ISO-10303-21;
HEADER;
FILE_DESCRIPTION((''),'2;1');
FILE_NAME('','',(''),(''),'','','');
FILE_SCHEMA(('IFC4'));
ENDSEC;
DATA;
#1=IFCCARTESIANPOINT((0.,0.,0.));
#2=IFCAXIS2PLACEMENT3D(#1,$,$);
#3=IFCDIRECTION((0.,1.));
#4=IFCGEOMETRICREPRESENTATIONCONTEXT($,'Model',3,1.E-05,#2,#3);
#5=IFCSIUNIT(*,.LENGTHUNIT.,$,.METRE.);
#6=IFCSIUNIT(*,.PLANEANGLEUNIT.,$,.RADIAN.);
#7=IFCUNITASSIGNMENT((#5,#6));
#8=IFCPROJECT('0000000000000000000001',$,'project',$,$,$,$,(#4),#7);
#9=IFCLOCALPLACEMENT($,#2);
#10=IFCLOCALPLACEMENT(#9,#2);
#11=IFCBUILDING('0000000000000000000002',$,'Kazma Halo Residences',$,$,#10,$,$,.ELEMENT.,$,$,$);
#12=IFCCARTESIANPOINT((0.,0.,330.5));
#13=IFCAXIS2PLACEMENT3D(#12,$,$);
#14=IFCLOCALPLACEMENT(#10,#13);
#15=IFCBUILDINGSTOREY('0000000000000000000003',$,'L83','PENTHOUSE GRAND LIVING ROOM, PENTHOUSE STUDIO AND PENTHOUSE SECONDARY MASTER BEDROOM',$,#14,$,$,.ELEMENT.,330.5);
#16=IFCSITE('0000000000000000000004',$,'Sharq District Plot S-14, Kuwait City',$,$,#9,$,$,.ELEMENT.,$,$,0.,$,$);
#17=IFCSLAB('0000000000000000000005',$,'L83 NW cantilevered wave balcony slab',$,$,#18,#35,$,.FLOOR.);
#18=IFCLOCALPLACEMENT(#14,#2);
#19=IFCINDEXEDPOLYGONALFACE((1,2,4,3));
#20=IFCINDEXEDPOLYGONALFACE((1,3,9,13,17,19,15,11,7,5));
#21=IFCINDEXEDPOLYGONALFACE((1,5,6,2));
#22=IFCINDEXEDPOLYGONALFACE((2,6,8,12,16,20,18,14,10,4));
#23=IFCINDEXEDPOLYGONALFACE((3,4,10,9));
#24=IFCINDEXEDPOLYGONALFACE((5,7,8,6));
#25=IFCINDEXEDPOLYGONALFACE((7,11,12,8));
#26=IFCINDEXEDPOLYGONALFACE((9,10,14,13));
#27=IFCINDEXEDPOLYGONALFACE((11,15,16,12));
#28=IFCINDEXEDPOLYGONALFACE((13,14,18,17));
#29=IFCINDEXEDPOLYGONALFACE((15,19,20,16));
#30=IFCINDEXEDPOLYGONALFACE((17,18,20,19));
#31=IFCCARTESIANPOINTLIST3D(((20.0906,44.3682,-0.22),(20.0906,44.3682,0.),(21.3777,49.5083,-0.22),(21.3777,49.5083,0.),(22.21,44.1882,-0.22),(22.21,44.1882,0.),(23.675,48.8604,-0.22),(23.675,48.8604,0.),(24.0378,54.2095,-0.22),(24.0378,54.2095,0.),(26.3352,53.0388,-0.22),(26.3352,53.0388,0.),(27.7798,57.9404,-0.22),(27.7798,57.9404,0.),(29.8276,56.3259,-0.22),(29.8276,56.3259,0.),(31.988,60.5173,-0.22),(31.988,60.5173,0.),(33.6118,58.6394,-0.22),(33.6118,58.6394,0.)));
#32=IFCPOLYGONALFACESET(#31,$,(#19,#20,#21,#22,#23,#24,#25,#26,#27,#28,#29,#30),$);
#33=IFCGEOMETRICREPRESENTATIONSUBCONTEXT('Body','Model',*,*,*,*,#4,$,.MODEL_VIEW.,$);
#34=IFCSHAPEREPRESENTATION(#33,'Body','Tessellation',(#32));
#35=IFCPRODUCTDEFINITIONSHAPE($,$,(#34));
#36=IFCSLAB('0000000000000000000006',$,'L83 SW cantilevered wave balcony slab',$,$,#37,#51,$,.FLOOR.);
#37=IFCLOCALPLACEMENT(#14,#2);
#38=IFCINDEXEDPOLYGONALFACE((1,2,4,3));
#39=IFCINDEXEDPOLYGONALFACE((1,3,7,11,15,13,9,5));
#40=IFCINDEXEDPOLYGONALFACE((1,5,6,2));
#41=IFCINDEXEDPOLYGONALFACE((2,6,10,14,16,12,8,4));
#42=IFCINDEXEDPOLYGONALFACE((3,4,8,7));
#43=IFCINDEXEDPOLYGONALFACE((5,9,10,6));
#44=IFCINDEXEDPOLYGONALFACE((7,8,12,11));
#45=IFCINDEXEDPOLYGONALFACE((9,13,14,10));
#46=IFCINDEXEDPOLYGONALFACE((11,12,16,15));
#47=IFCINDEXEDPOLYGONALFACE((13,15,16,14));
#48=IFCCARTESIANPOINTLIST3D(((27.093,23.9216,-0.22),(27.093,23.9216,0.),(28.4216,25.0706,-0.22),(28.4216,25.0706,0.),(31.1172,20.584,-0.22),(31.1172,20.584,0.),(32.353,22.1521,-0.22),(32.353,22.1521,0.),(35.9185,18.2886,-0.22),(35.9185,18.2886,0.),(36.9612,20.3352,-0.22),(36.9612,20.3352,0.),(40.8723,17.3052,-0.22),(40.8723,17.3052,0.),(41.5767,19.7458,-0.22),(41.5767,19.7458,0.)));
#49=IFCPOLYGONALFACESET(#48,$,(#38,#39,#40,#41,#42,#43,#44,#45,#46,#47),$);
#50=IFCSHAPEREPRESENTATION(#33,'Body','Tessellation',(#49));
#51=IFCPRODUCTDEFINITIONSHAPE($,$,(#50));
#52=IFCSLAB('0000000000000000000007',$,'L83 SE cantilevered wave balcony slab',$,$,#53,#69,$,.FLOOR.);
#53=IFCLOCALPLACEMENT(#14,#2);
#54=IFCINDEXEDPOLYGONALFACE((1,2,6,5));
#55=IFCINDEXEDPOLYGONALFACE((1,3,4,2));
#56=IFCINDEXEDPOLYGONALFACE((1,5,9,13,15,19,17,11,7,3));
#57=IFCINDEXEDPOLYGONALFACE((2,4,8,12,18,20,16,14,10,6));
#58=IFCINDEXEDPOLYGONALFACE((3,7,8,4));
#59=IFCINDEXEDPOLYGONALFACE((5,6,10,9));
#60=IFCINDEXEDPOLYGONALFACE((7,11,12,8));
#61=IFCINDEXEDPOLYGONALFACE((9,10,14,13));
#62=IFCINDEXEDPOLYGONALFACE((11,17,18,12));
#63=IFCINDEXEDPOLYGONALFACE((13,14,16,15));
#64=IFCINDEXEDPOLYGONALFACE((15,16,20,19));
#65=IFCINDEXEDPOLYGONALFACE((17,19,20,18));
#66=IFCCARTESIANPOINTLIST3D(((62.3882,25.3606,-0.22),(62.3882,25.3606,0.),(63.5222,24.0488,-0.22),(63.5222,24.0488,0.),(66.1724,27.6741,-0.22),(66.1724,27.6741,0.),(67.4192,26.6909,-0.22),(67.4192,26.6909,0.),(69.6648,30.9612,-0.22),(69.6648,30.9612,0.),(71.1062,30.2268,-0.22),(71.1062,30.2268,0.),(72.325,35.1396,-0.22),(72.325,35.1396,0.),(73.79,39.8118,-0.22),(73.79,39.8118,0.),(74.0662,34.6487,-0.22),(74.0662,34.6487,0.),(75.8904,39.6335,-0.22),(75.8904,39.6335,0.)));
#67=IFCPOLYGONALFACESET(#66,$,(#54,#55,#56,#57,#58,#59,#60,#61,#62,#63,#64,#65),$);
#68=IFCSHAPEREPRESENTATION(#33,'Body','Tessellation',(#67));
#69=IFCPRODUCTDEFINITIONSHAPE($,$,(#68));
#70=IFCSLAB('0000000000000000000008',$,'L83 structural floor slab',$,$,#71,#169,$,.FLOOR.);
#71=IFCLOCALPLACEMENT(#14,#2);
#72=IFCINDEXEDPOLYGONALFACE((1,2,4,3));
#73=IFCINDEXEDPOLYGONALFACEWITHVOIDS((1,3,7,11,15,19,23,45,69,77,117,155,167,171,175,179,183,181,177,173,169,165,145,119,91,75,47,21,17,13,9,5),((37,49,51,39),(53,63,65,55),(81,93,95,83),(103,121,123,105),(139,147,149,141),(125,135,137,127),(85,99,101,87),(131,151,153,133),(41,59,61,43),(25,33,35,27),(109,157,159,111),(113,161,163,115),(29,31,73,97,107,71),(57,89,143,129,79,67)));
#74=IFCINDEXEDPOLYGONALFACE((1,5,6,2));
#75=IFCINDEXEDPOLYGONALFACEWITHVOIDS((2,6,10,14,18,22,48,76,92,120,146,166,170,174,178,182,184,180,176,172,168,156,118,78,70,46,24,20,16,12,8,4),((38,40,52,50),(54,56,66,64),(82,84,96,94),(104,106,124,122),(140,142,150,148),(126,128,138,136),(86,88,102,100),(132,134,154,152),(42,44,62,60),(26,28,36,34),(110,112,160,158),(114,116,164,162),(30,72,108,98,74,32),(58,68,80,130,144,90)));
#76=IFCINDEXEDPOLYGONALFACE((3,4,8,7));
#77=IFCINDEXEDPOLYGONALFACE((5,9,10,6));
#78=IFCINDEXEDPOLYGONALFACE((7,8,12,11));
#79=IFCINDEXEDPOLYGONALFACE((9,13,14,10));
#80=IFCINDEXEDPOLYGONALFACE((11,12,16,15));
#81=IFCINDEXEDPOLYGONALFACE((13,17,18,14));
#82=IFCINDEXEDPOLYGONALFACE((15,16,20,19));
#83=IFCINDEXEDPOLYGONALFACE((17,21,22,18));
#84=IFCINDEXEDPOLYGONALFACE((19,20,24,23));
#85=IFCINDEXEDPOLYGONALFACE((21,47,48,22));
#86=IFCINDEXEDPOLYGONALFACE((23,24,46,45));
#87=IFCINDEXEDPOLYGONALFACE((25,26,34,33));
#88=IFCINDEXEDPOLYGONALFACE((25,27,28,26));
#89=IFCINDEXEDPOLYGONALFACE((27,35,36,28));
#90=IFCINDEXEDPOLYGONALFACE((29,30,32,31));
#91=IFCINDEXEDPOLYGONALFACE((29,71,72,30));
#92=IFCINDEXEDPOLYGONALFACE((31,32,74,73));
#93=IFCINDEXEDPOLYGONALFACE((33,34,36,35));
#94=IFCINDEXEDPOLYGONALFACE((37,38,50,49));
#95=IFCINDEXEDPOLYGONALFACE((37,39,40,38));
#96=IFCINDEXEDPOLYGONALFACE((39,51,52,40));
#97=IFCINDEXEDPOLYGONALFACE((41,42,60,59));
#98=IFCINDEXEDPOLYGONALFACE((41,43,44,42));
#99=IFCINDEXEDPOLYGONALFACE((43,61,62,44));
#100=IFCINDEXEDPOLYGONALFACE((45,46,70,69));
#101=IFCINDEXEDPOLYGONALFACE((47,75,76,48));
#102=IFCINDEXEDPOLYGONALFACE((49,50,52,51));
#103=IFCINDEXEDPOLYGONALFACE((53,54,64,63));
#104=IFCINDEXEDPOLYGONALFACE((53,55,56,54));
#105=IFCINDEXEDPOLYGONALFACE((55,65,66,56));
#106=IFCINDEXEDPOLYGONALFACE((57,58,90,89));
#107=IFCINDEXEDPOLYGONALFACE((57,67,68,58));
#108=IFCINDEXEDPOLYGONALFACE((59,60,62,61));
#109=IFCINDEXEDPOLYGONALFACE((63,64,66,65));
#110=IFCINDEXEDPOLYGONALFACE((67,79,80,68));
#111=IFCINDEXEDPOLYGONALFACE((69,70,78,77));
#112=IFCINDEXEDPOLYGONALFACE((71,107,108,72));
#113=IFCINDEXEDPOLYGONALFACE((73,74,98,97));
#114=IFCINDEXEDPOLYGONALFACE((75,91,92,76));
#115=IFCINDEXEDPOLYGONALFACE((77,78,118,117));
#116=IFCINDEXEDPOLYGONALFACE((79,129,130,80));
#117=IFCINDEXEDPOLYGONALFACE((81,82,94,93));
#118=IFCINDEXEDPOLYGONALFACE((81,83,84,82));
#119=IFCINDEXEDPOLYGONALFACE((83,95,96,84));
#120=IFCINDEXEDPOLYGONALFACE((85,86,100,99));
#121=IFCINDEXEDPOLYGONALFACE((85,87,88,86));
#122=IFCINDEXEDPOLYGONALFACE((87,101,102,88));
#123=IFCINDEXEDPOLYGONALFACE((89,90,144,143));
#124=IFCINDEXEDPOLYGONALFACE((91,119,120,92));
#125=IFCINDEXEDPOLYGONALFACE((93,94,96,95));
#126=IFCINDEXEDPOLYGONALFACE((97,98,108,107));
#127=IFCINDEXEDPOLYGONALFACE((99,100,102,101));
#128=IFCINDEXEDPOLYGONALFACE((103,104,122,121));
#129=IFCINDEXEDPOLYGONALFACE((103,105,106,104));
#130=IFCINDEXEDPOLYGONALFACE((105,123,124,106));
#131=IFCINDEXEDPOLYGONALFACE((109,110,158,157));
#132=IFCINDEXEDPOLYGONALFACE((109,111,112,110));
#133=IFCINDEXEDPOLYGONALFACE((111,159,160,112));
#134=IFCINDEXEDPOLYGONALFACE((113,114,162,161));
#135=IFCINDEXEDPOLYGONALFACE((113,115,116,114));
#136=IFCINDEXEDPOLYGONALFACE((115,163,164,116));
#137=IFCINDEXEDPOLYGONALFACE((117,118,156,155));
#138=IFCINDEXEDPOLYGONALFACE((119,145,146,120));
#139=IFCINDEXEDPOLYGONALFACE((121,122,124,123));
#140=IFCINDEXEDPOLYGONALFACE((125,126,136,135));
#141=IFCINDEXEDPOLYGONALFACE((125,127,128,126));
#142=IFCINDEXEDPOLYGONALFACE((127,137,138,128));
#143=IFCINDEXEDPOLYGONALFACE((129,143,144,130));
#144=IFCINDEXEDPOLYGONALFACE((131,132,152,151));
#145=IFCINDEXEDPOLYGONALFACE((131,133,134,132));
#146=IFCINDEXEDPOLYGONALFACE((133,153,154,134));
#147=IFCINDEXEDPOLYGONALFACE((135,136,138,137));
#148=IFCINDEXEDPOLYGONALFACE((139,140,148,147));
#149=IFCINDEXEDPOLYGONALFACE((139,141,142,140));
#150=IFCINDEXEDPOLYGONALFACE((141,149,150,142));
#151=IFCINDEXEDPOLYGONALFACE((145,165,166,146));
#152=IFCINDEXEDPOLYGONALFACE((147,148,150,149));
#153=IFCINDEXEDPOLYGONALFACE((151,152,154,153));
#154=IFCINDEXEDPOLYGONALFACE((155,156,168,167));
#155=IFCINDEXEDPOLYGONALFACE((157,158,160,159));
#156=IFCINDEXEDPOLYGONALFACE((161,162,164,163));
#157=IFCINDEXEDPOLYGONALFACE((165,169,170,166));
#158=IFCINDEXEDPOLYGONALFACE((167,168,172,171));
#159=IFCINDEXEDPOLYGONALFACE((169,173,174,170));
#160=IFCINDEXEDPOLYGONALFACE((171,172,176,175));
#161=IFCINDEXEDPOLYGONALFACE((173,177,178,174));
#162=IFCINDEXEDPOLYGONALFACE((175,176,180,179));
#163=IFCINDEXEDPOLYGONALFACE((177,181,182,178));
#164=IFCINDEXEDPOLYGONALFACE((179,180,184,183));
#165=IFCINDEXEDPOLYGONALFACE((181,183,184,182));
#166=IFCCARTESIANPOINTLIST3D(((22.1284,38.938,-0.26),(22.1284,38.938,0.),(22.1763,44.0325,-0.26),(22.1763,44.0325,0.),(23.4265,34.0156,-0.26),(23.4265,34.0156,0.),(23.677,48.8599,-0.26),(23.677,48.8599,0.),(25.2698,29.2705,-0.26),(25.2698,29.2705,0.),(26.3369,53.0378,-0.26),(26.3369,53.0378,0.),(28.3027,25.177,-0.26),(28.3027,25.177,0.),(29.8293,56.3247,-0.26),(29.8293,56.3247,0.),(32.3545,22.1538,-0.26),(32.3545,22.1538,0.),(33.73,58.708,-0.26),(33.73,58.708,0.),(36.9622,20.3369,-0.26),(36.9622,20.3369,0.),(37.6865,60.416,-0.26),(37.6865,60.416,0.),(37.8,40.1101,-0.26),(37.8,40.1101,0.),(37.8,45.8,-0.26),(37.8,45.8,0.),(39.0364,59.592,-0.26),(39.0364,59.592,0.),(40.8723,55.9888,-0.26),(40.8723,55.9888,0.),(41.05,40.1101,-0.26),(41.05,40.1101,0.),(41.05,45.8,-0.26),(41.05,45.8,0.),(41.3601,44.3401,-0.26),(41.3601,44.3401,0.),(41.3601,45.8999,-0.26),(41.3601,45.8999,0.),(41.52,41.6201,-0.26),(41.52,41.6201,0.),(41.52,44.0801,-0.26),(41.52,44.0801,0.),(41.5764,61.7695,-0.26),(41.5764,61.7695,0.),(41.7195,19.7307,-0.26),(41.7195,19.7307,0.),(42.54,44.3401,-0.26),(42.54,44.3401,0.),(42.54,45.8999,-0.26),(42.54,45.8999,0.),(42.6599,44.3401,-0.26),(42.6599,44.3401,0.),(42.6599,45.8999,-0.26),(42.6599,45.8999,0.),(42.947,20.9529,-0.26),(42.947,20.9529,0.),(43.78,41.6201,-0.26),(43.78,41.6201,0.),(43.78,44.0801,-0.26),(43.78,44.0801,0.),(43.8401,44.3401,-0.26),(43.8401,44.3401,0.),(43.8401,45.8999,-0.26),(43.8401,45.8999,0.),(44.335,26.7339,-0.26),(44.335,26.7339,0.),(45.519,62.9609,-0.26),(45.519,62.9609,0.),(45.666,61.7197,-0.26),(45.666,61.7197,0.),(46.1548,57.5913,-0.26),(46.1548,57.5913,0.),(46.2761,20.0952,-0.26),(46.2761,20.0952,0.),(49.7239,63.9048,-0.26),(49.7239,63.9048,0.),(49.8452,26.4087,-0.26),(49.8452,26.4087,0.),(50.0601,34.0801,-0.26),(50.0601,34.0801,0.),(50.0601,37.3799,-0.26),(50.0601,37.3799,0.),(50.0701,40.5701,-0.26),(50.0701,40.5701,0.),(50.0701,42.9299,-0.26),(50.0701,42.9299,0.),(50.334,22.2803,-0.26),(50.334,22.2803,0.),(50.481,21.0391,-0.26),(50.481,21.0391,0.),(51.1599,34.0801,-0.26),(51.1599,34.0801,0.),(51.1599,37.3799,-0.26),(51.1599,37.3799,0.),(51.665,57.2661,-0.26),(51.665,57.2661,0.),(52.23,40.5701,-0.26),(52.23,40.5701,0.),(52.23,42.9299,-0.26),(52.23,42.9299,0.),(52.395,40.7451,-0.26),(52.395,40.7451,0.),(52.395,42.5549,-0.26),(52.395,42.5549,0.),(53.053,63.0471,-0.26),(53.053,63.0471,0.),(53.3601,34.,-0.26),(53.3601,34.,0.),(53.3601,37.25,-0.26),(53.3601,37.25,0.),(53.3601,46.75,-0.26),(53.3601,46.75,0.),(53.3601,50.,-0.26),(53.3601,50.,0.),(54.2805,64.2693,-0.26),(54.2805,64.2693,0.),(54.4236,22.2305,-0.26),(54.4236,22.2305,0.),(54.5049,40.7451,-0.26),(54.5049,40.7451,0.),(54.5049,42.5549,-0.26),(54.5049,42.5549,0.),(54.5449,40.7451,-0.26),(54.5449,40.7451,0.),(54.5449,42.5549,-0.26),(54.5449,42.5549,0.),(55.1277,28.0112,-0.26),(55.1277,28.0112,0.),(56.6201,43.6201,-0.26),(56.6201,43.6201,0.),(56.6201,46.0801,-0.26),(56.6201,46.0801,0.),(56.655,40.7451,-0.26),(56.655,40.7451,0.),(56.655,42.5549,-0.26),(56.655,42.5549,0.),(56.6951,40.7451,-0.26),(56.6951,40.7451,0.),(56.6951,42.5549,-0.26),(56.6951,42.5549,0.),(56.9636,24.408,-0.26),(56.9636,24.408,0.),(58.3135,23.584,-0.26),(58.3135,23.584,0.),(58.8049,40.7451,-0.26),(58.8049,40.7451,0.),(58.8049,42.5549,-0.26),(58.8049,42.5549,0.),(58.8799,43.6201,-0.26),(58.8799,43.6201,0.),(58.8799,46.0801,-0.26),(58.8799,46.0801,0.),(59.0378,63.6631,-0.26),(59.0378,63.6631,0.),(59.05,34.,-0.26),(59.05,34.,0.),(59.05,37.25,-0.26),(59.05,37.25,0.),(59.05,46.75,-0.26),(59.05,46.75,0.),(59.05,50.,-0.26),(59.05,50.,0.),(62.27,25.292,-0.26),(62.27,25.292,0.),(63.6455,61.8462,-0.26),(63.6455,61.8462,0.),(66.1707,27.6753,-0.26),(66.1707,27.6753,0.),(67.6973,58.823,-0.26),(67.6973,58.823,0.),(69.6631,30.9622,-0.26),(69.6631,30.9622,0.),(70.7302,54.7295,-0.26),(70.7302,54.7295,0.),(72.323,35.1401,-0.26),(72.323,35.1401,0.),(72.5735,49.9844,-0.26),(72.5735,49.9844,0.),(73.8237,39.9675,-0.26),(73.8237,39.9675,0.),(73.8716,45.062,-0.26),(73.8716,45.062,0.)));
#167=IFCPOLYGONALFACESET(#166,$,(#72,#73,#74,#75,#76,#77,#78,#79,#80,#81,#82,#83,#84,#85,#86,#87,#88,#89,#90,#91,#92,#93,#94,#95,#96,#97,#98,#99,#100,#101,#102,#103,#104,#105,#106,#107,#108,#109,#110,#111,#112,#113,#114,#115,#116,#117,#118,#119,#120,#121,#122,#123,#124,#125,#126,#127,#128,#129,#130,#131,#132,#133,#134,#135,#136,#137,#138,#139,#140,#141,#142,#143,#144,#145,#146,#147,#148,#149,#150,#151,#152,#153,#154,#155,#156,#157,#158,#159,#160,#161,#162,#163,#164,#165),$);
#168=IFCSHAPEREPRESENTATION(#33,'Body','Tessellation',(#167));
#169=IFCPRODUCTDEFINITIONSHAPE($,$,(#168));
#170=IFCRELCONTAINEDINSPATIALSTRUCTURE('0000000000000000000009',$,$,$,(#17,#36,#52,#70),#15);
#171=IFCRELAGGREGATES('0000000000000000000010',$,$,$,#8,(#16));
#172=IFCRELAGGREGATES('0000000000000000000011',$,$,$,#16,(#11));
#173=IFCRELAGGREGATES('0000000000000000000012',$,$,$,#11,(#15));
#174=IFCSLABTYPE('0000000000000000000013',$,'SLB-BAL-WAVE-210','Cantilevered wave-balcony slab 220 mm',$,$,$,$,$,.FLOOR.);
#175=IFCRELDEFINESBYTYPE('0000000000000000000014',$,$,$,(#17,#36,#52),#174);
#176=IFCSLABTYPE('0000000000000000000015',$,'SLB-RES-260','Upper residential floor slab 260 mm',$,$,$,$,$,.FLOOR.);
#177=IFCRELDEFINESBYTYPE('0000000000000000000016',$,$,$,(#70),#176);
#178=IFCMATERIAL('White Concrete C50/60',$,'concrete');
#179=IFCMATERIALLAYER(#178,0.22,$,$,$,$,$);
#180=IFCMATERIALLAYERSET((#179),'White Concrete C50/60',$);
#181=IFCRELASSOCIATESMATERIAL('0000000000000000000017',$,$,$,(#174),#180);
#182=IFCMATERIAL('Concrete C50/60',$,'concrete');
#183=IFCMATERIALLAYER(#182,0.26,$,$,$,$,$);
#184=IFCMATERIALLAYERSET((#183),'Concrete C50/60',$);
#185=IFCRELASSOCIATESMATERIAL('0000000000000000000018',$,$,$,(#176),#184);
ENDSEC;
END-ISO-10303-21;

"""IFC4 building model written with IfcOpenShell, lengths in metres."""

from ifc_helpers import new_model, si_unit, direction, frame, origin, place, context, subcontext, project, spatial, polyline, outline, extrude, material, layer, layer_set, type_object, element, save


model = new_model("IFC4")

# Units and contexts
model_context = context("Model", 3, precision=1e-05, world=origin(), true_north=direction((0.0, 1.0)))
body_context = subcontext(model_context, "Body", "Model", "MODEL_VIEW")
ifc_project = project(units=[si_unit("LENGTHUNIT", "METRE"), si_unit("PLANEANGLEUNIT", "RADIAN")], contexts=[model_context])

# Site, building, storey
site_placement = place(None, origin())
site = spatial("IfcSite", under=ifc_project, at=site_placement, Name="Sharq District Plot S-14, Kuwait City", CompositionType="ELEMENT", RefElevation=0.0)
building_placement = place(site_placement, origin())
building = spatial("IfcBuilding", under=site, at=building_placement, Name="Kazma Halo Residences", CompositionType="ELEMENT")
storey_placement = place(building_placement, frame((0.0, 0.0, 330.5)))
storey = spatial("IfcBuildingStorey", under=building, at=storey_placement, Name="L83", Description="PENTHOUSE GRAND LIVING ROOM, PENTHOUSE STUDIO AND PENTHOUSE SECONDARY MASTER BEDROOM", CompositionType="ELEMENT", Elevation=330.5)

# Slabs
ifc_material_1 = material(Name="White Concrete C50/60", Category="concrete")
ifc_layer_1 = layer(ifc_material_1, 0.22)
ifc_layer_set_1 = layer_set([ifc_layer_1], Name="White Concrete C50/60")
slab_type_1 = type_object("IfcSlabType", Name="SLB-BAL-WAVE-210", Description="Cantilevered wave-balcony slab 220 mm", PredefinedType="FLOOR", material=ifc_layer_set_1)
slab_1_placement = place(storey_placement, frame((0.0, 0.0, -0.22)))
element("IfcSlab", 1, at=slab_1_placement, inside=storey, type_object=slab_type_1, Name="L83 NW cantilevered wave balcony slab", PredefinedType="FLOOR", context=body_context, shape_type="SweptSolid", body=[
    extrude(outline(polyline([(33.6118, 58.6394), (29.8276, 56.3259), (26.3352, 53.0388), (23.675, 48.8604), (22.21, 44.1882), (20.0906, 44.3682), (21.3777, 49.5083), (24.0378, 54.2095), (27.7798, 57.9404), (31.988, 60.5173), (33.6118, 58.6394)])), origin(), (0.0, 0.0, 1.0), 0.22),
])
slab_2_placement = place(storey_placement, frame((0.0, 0.0, -0.22)))
element("IfcSlab", 2, at=slab_2_placement, inside=storey, type_object=slab_type_1, Name="L83 SW cantilevered wave balcony slab", PredefinedType="FLOOR", context=body_context, shape_type="SweptSolid", body=[
    extrude(outline(polyline([(28.4216, 25.0706), (32.353, 22.1521), (36.9612, 20.3352), (41.5767, 19.7458), (40.8723, 17.3052), (35.9185, 18.2886), (31.1172, 20.584), (27.093, 23.9216), (28.4216, 25.0706)])), origin(), (0.0, 0.0, 1.0), 0.22),
])
slab_3_placement = place(storey_placement, frame((0.0, 0.0, -0.22)))
element("IfcSlab", 3, at=slab_3_placement, inside=storey, type_object=slab_type_1, Name="L83 SE cantilevered wave balcony slab", PredefinedType="FLOOR", context=body_context, shape_type="SweptSolid", body=[
    extrude(outline(polyline([(62.3882, 25.3606), (66.1724, 27.6741), (69.6648, 30.9612), (72.325, 35.1396), (73.79, 39.8118), (75.8904, 39.6335), (74.0662, 34.6487), (71.1062, 30.2268), (67.4192, 26.6909), (63.5222, 24.0488), (62.3882, 25.3606)])), origin(), (0.0, 0.0, 1.0), 0.22),
])
ifc_material_2 = material(Name="Concrete C50/60", Category="concrete")
ifc_layer_2 = layer(ifc_material_2, 0.26)
ifc_layer_set_2 = layer_set([ifc_layer_2], Name="Concrete C50/60")
slab_type_2 = type_object("IfcSlabType", Name="SLB-RES-260", Description="Upper residential floor slab 260 mm", PredefinedType="FLOOR", material=ifc_layer_set_2)
slab_4_placement = place(storey_placement, frame((0.0, 0.0, -0.26)))
element("IfcSlab", 4, at=slab_4_placement, inside=storey, type_object=slab_type_2, Name="L83 structural floor slab", PredefinedType="FLOOR", context=body_context, shape_type="SweptSolid", body=[
    extrude(outline(polyline([(72.5735, 49.9844), (70.7302, 54.7295), (67.6973, 58.823), (63.6455, 61.8462), (59.0378, 63.6631), (54.2805, 64.2693), (49.7239, 63.9048), (45.519, 62.9609), (41.5764, 61.7695), (37.6865, 60.416), (33.73, 58.708), (29.8293, 56.3247), (26.3369, 53.0378), (23.677, 48.8599), (22.1763, 44.0325), (22.1284, 38.938), (23.4265, 34.0156), (25.2698, 29.2705), (28.3027, 25.177), (32.3545, 22.1538), (36.9622, 20.3369), (41.7195, 19.7307), (46.2761, 20.0952), (50.481, 21.0391), (54.4236, 22.2305), (58.3135, 23.584), (62.27, 25.292), (66.1707, 27.6753), (69.6631, 30.9622), (72.323, 35.1401), (73.8237, 39.9675), (73.8716, 45.062), (72.5735, 49.9844)]), holes=[polyline([(37.8, 40.1101), (41.05, 40.1101), (41.05, 45.8), (37.8, 45.8), (37.8, 40.1101)]), polyline([(53.3601, 46.75), (59.05, 46.75), (59.05, 50.0), (53.3601, 50.0), (53.3601, 46.75)]), polyline([(53.3601, 34.0), (59.05, 34.0), (59.05, 37.25), (53.3601, 37.25), (53.3601, 34.0)]), polyline([(41.52, 41.6201), (43.78, 41.6201), (43.78, 44.0801), (41.52, 44.0801), (41.52, 41.6201)]), polyline([(56.6201, 43.6201), (58.8799, 43.6201), (58.8799, 46.0801), (56.6201, 46.0801), (56.6201, 43.6201)]), polyline([(52.395, 40.7451), (54.5049, 40.7451), (54.5049, 42.5549), (52.395, 42.5549), (52.395, 40.7451)]), polyline([(54.5449, 40.7451), (56.655, 40.7451), (56.655, 42.5549), (54.5449, 42.5549), (54.5449, 40.7451)]), polyline([(56.6951, 40.7451), (58.8049, 40.7451), (58.8049, 42.5549), (56.6951, 42.5549), (56.6951, 40.7451)]), polyline([(50.0701, 40.5701), (52.23, 40.5701), (52.23, 42.9299), (50.0701, 42.9299), (50.0701, 40.5701)]), polyline([(41.3601, 44.3401), (42.54, 44.3401), (42.54, 45.8999), (41.3601, 45.8999), (41.3601, 44.3401)]), polyline([(42.6599, 44.3401), (43.8401, 44.3401), (43.8401, 45.8999), (42.6599, 45.8999), (42.6599, 44.3401)]), polyline([(50.0601, 34.0801), (51.1599, 34.0801), (51.1599, 37.3799), (50.0601, 37.3799), (50.0601, 34.0801)]), polyline([(51.665, 57.2661), (46.1548, 57.5913), (40.8723, 55.9888), (39.0364, 59.592), (45.666, 61.7197), (53.053, 63.0471), (51.665, 57.2661)]), polyline([(44.335, 26.7339), (49.8452, 26.4087), (55.1277, 28.0112), (56.9636, 24.408), (50.334, 22.2803), (42.947, 20.9529), (44.335, 26.7339)])]), origin(), (0.0, 0.0, 1.0), 0.26),
])

save(model, "model.ifc")
